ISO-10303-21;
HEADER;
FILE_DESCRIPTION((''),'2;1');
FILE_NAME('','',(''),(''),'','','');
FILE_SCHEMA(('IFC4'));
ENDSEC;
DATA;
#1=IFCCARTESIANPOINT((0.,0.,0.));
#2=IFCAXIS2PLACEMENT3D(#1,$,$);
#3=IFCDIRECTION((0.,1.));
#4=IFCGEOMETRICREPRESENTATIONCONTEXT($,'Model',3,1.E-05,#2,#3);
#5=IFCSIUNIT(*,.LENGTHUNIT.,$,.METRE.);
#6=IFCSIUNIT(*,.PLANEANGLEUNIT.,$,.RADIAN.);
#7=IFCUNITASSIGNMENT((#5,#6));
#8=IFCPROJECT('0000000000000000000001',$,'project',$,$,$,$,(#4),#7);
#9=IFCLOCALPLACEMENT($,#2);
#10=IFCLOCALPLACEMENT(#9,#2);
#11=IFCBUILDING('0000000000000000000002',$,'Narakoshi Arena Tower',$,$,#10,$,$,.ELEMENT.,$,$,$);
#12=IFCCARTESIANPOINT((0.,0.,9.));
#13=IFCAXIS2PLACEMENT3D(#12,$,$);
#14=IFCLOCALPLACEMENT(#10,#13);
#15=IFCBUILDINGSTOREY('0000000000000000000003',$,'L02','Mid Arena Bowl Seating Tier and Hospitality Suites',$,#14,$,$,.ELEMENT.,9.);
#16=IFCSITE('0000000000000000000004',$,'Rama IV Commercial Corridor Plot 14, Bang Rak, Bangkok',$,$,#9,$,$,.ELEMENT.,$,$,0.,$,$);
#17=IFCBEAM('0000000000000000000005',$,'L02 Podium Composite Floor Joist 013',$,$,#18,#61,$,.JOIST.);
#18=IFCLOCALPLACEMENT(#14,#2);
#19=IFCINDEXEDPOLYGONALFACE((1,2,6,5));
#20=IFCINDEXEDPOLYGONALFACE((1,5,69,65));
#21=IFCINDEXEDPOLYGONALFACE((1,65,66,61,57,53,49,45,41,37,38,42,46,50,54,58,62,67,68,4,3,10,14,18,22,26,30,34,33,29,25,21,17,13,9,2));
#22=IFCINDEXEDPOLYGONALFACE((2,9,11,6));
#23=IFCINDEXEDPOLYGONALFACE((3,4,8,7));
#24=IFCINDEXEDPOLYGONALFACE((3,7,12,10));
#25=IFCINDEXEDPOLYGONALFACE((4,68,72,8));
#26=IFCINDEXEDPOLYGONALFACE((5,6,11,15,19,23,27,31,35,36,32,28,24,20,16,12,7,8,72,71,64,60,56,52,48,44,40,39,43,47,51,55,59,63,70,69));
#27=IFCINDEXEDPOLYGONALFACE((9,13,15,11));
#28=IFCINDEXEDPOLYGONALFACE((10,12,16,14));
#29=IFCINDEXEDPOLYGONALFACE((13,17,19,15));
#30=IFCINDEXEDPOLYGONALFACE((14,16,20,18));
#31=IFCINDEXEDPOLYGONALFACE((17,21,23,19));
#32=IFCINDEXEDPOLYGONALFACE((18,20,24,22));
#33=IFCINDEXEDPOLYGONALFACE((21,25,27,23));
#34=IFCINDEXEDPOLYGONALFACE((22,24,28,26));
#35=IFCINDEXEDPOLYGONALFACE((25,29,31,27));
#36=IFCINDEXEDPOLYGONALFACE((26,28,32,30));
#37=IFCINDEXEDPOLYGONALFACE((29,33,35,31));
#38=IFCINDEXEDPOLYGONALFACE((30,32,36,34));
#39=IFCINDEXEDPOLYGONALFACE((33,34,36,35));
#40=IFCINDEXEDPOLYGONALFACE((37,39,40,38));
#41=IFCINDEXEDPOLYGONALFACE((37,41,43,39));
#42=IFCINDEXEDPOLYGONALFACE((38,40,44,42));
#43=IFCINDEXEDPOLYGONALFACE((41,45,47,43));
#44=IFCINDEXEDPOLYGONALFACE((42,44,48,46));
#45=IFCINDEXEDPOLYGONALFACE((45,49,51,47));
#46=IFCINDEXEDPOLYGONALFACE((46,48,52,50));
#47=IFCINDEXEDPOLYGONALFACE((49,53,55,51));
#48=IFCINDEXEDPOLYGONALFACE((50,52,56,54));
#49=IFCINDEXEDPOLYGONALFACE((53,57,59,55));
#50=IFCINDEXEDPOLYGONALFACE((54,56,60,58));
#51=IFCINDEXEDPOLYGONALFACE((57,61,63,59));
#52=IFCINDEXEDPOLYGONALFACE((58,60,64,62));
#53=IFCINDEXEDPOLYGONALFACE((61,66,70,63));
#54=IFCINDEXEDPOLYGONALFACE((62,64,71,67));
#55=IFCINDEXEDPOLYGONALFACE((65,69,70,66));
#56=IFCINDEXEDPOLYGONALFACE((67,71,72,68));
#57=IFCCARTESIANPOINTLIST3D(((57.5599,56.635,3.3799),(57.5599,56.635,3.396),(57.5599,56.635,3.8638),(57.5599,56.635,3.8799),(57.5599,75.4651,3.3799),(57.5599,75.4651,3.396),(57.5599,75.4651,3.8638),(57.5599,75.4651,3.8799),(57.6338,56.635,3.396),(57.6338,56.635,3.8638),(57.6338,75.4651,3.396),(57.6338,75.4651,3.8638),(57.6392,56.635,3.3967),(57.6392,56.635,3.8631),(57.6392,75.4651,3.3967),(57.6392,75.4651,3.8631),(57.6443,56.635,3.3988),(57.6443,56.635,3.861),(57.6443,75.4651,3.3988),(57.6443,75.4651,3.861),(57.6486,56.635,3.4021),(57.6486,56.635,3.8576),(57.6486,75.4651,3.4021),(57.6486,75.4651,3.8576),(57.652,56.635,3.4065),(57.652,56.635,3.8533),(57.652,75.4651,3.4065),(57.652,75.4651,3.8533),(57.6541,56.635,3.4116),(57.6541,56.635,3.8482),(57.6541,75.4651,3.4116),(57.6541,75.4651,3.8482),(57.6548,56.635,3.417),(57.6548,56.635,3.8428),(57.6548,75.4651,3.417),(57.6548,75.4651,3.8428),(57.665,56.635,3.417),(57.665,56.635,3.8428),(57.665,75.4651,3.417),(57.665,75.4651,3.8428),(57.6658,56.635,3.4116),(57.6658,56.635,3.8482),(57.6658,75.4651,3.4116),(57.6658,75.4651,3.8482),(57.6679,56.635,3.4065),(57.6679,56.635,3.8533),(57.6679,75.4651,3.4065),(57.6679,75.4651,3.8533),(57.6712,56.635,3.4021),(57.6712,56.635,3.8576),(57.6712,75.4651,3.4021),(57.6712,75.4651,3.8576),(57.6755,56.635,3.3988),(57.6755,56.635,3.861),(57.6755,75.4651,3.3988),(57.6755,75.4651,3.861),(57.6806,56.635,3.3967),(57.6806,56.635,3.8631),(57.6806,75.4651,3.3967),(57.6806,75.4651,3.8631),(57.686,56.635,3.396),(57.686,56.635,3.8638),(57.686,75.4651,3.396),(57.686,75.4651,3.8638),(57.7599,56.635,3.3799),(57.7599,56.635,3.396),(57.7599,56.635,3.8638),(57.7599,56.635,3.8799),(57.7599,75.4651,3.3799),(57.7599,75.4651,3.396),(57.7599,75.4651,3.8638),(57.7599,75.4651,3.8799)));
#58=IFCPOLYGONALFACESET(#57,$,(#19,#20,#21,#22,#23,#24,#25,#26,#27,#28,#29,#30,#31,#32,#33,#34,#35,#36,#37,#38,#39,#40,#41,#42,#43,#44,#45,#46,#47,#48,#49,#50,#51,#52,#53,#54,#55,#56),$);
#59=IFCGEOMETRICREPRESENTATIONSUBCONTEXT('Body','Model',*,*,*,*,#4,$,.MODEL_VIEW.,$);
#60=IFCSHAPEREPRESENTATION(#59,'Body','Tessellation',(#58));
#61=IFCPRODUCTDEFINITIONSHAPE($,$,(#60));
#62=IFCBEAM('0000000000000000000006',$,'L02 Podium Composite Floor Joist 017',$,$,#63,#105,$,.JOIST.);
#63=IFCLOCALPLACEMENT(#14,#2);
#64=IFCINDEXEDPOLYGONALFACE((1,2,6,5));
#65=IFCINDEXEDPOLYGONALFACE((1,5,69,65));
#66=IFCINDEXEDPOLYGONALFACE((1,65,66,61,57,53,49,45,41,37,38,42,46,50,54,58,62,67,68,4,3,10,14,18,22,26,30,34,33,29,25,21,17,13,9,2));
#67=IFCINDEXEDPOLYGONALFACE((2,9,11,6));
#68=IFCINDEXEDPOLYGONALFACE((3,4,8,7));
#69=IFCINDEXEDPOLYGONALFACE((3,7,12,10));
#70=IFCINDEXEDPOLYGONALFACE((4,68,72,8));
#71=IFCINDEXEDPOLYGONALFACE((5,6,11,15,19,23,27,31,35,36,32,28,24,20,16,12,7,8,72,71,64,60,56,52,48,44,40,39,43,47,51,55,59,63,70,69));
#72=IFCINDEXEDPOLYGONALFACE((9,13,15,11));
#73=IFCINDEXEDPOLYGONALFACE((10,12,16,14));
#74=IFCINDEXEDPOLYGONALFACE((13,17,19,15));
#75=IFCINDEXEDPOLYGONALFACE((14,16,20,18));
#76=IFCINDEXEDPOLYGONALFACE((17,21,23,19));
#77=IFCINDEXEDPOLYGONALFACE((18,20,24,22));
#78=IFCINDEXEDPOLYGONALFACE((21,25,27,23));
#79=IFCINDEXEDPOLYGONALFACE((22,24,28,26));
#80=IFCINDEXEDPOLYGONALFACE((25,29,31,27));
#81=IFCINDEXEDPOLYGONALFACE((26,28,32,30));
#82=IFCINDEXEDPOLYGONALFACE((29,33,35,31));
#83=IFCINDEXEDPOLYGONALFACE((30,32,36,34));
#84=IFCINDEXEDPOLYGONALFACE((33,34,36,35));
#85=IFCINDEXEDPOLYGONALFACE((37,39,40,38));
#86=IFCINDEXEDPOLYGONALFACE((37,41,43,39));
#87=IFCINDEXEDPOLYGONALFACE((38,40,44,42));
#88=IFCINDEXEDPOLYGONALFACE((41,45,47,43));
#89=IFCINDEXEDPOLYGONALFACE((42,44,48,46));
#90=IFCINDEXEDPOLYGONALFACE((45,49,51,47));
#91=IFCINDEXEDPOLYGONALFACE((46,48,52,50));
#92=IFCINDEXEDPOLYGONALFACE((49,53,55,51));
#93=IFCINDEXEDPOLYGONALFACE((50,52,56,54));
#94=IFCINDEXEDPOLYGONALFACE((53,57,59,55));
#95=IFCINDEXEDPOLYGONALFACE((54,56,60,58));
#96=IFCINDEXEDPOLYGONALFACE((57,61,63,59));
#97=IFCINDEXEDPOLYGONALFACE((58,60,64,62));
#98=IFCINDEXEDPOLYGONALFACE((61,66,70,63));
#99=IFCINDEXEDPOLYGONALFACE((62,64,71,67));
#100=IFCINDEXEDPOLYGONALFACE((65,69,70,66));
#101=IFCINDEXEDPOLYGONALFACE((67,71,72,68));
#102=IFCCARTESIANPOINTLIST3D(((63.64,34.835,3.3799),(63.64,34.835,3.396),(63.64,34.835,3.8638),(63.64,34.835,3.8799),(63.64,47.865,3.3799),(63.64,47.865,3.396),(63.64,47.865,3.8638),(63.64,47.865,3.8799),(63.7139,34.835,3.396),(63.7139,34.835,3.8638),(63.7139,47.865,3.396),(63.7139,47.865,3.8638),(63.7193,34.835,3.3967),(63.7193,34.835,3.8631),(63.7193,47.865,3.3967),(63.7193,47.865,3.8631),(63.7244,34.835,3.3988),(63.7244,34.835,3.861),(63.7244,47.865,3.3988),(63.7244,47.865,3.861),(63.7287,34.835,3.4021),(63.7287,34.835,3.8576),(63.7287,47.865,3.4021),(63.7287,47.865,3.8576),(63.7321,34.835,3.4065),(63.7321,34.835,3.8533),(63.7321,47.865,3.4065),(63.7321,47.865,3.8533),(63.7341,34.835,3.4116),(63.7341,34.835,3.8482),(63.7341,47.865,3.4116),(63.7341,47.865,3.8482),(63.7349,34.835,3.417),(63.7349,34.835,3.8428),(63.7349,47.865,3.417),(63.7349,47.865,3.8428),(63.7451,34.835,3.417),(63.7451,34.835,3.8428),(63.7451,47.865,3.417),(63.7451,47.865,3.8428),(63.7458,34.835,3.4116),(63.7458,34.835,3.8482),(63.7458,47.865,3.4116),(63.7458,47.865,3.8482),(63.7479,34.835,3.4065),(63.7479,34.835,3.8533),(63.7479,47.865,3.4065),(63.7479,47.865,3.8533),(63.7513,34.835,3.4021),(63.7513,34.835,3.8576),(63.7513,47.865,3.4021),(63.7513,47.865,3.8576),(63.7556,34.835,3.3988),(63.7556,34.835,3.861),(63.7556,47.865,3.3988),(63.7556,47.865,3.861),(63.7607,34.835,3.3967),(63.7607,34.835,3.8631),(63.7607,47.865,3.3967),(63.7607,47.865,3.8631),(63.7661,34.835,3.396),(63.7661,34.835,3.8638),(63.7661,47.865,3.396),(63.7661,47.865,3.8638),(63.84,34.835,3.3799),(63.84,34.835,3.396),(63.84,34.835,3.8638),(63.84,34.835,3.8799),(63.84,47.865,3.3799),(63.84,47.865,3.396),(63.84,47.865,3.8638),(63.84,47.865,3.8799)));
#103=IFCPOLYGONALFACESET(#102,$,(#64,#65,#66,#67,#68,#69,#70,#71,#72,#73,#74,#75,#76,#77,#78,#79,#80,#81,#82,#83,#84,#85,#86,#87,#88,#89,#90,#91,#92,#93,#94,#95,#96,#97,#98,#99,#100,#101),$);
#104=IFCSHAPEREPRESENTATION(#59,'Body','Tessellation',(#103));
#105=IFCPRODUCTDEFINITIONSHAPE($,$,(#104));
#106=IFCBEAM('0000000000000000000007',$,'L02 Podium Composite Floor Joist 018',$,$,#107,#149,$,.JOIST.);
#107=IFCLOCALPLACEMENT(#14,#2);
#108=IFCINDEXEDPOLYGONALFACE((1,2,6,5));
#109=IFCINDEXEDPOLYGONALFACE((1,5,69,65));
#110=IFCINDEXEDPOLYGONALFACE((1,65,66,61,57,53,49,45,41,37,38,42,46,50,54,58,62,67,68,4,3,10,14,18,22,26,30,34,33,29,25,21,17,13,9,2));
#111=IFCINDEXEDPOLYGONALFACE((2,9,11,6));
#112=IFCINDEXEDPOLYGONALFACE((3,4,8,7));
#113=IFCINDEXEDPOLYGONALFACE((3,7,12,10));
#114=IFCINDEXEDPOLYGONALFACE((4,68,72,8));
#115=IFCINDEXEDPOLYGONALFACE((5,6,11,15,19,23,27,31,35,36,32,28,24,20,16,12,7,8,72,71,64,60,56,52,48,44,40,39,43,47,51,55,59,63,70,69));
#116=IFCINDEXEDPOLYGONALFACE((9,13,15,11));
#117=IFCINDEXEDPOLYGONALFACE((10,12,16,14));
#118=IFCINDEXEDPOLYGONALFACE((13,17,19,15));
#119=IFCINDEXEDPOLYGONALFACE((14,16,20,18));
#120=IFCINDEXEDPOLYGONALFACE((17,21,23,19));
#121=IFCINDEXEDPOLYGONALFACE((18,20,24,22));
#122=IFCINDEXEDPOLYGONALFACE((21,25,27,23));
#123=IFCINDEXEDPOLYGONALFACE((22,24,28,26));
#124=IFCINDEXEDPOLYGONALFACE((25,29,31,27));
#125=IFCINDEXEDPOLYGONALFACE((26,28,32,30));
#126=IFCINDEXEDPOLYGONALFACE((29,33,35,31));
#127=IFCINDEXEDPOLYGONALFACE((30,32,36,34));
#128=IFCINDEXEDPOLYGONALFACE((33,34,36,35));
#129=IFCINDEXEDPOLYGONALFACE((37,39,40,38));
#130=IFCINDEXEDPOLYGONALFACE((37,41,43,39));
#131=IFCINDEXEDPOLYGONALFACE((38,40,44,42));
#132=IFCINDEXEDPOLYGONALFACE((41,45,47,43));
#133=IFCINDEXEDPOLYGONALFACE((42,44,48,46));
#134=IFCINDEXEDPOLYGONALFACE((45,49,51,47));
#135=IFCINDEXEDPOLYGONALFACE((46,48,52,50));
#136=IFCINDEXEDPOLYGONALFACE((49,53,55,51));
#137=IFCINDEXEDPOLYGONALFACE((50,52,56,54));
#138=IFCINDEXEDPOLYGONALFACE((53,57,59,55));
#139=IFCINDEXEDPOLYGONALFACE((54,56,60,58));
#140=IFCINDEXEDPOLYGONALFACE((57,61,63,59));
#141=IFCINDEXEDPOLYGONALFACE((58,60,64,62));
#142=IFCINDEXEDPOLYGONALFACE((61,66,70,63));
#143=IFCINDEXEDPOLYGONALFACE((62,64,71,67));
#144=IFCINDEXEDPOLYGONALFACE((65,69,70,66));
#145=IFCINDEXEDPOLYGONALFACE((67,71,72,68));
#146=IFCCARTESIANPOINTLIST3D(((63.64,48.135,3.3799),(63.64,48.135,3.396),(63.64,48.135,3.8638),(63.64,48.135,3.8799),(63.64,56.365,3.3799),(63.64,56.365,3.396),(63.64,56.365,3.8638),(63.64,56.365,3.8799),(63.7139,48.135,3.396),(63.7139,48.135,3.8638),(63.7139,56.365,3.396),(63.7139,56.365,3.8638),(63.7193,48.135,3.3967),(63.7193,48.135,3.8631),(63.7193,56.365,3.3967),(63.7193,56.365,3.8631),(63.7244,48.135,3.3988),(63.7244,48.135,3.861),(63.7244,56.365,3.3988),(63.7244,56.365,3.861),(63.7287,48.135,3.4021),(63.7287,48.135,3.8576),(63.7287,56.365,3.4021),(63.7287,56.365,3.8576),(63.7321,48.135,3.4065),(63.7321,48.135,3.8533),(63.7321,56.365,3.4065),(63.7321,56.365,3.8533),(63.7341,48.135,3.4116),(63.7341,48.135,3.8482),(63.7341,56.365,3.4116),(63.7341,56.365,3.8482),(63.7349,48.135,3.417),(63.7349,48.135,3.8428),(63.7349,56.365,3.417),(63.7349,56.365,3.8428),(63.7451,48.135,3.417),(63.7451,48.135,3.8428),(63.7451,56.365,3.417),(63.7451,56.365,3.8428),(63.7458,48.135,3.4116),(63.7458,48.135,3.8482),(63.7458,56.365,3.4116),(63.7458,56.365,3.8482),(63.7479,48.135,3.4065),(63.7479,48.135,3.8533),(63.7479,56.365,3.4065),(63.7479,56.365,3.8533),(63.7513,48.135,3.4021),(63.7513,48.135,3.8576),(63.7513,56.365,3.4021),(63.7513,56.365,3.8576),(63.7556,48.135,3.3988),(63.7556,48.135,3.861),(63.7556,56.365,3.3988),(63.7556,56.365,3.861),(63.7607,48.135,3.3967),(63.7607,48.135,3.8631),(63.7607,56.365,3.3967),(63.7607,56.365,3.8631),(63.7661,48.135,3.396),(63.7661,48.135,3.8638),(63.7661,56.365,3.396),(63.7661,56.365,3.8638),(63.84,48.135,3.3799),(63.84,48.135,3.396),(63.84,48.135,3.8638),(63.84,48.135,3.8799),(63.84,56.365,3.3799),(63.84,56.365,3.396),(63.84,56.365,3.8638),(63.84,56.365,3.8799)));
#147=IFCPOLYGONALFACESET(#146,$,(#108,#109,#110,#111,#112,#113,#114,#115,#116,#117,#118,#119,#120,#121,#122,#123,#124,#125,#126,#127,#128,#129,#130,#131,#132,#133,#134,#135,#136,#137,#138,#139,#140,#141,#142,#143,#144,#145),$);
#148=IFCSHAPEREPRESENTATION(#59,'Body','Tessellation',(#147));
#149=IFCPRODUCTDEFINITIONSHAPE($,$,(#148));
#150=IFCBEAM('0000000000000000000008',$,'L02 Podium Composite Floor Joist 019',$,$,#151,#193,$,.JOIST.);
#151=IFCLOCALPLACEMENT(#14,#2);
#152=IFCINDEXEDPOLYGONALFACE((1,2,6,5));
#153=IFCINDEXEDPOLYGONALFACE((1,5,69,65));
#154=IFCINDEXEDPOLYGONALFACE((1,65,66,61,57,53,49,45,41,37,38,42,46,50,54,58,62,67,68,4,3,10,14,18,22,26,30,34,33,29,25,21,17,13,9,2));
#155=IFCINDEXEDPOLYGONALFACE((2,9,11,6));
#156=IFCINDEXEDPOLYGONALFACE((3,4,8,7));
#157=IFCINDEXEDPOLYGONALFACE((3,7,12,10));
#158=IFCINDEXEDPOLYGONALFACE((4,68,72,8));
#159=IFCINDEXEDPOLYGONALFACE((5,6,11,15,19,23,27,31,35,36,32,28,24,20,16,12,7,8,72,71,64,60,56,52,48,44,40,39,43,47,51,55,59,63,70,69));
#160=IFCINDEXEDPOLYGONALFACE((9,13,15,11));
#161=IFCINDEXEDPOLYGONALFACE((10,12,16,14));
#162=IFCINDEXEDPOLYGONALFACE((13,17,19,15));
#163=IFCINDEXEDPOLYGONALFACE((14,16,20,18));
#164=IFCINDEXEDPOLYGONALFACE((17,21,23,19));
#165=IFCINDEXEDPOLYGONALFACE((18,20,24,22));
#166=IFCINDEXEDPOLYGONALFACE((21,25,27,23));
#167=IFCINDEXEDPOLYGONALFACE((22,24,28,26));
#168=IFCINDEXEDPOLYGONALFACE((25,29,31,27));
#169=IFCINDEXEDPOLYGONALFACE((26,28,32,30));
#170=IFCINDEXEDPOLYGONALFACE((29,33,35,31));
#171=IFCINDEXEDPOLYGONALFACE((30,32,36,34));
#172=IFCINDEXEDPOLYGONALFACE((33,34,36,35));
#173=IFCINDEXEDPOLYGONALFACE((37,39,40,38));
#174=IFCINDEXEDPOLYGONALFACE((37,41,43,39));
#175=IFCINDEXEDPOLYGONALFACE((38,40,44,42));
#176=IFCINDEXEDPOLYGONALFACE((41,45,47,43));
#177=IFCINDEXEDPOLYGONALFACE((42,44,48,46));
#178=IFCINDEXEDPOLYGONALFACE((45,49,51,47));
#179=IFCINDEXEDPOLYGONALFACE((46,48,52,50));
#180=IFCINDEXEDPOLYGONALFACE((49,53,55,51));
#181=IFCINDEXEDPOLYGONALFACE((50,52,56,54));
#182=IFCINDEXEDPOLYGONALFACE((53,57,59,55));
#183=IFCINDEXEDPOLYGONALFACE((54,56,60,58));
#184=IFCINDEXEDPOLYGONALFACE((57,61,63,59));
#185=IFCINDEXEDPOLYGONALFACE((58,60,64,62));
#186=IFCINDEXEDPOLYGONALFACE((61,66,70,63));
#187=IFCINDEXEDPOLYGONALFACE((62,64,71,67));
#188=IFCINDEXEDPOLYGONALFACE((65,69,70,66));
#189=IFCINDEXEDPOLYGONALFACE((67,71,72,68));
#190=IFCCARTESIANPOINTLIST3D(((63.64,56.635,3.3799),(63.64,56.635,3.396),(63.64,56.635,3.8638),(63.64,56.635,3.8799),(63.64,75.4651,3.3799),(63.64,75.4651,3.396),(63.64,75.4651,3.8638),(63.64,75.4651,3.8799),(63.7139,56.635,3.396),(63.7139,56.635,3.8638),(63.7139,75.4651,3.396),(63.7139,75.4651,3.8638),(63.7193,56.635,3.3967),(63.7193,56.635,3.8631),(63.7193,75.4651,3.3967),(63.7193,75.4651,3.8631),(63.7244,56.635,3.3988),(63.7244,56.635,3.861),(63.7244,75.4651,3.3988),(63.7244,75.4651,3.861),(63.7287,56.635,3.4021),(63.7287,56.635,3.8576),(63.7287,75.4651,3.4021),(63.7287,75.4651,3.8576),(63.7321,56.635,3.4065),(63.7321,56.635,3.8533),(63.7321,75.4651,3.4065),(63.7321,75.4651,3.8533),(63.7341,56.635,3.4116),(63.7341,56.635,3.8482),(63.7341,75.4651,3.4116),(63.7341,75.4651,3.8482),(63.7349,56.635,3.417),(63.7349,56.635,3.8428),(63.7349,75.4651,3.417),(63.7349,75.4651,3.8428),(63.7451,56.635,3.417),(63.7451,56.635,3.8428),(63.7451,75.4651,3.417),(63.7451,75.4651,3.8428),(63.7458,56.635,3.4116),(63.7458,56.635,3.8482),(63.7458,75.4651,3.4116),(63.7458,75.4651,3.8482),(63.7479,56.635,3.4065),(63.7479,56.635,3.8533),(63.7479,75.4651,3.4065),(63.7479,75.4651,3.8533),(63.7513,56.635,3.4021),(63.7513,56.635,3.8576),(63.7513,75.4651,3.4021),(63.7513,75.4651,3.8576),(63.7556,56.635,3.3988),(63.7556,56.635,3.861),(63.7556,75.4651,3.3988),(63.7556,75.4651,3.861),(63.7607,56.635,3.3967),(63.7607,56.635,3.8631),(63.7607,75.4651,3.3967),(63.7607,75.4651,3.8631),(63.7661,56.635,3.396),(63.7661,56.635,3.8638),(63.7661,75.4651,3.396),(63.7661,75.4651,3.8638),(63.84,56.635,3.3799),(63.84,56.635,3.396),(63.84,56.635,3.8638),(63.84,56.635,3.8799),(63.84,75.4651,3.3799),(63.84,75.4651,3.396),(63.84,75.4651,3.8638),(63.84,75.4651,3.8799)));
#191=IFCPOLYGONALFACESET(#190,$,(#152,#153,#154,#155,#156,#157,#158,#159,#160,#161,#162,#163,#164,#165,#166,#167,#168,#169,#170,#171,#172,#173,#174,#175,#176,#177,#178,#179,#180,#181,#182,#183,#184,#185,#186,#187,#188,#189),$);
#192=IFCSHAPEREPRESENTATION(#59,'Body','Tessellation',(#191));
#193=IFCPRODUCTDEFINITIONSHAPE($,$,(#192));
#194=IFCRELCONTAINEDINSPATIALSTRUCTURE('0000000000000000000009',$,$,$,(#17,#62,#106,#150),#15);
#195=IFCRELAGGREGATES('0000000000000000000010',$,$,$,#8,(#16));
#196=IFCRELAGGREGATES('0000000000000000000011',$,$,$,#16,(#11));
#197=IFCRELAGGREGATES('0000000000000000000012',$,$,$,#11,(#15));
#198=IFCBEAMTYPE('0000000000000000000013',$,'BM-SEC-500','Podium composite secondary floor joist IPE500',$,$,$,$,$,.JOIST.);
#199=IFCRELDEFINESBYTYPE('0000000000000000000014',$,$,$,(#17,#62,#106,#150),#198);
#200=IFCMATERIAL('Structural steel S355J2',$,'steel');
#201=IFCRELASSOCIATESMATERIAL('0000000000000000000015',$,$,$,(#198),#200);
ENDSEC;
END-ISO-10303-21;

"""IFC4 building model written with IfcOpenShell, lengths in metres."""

from ifc_helpers import new_model, si_unit, direction, frame, origin, origin_2d, place, context, subcontext, project, spatial, i_section, extrude, material, material_profile, profile_set, type_object, element, save


model = new_model("IFC4")

# Units and contexts
model_context = context("Model", 3, precision=1e-05, world=origin(), true_north=direction((0.0, 1.0)))
body_context = subcontext(model_context, "Body", "Model", "MODEL_VIEW")
ifc_project = project(units=[si_unit("LENGTHUNIT", "METRE"), si_unit("PLANEANGLEUNIT", "RADIAN")], contexts=[model_context])

# Site, building, storey
site_placement = place(None, origin())
site = spatial("IfcSite", under=ifc_project, at=site_placement, Name="Rama IV Commercial Corridor Plot 14, Bang Rak, Bangkok", CompositionType="ELEMENT", RefElevation=0.0)
building_placement = place(site_placement, origin())
building = spatial("IfcBuilding", under=site, at=building_placement, Name="Narakoshi Arena Tower", CompositionType="ELEMENT")
storey_placement = place(building_placement, frame((0.0, 0.0, 9.0)))
storey = spatial("IfcBuildingStorey", under=building, at=storey_placement, Name="L02", Description="Mid Arena Bowl Seating Tier and Hospitality Suites", CompositionType="ELEMENT", Elevation=9.0)

# Beams
ifc_material_1 = material(Name="Structural steel S355J2", Category="steel")
ifc_material_profile_1 = material_profile(ifc_material_1, i_section(OverallWidth=0.2, OverallDepth=0.5, WebThickness=0.0103, FlangeThickness=0.0161, FilletRadius=0.021, at=origin_2d()), Name="IPE500")
ifc_profile_set_1 = profile_set([ifc_material_profile_1], Name="Structural steel S355J2")
beam_type_1 = type_object("IfcBeamType", Name="BM-SEC-500", Description="Podium composite secondary floor joist IPE500", PredefinedType="JOIST", material=ifc_profile_set_1)
beam_1_placement = place(storey_placement, frame((57.6599, 56.635, 3.6299), z_axis=(0.0, 1.0, 0.0), x_axis=(-1.0, 0.0, 0.0)))
element("IfcBeam", 1, at=beam_1_placement, inside=storey, type_object=beam_type_1, Name="L02 Podium Composite Floor Joist 013", PredefinedType="JOIST", context=body_context, shape_type="SweptSolid", body=[
    extrude(i_section(OverallWidth=0.2, OverallDepth=0.5, WebThickness=0.0103, FlangeThickness=0.0161, FilletRadius=0.021, at=origin_2d()), origin(), (0.0, 0.0, 1.0), 18.8301),
])
beam_2_placement = place(storey_placement, frame((63.74, 34.835, 3.6299), z_axis=(0.0, 1.0, 0.0), x_axis=(-1.0, 0.0, 0.0)))
element("IfcBeam", 2, at=beam_2_placement, inside=storey, type_object=beam_type_1, Name="L02 Podium Composite Floor Joist 017", PredefinedType="JOIST", context=body_context, shape_type="SweptSolid", body=[
    extrude(i_section(OverallWidth=0.2, OverallDepth=0.5, WebThickness=0.0103, FlangeThickness=0.0161, FilletRadius=0.021, at=origin_2d()), origin(), (0.0, 0.0, 1.0), 13.03),
])
beam_3_placement = place(storey_placement, frame((63.74, 48.135, 3.6299), z_axis=(0.0, 1.0, 0.0), x_axis=(-1.0, 0.0, 0.0)))
element("IfcBeam", 3, at=beam_3_placement, inside=storey, type_object=beam_type_1, Name="L02 Podium Composite Floor Joist 018", PredefinedType="JOIST", context=body_context, shape_type="SweptSolid", body=[
    extrude(i_section(OverallWidth=0.2, OverallDepth=0.5, WebThickness=0.0103, FlangeThickness=0.0161, FilletRadius=0.021, at=origin_2d()), origin(), (0.0, 0.0, 1.0), 8.23),
])
beam_4_placement = place(storey_placement, frame((63.74, 56.635, 3.6299), z_axis=(0.0, 1.0, 0.0), x_axis=(-1.0, 0.0, 0.0)))
element("IfcBeam", 4, at=beam_4_placement, inside=storey, type_object=beam_type_1, Name="L02 Podium Composite Floor Joist 019", PredefinedType="JOIST", context=body_context, shape_type="SweptSolid", body=[
    extrude(i_section(OverallWidth=0.2, OverallDepth=0.5, WebThickness=0.0103, FlangeThickness=0.0161, FilletRadius=0.021, at=origin_2d()), origin(), (0.0, 0.0, 1.0), 18.8301),
])

save(model, "model.ifc")
